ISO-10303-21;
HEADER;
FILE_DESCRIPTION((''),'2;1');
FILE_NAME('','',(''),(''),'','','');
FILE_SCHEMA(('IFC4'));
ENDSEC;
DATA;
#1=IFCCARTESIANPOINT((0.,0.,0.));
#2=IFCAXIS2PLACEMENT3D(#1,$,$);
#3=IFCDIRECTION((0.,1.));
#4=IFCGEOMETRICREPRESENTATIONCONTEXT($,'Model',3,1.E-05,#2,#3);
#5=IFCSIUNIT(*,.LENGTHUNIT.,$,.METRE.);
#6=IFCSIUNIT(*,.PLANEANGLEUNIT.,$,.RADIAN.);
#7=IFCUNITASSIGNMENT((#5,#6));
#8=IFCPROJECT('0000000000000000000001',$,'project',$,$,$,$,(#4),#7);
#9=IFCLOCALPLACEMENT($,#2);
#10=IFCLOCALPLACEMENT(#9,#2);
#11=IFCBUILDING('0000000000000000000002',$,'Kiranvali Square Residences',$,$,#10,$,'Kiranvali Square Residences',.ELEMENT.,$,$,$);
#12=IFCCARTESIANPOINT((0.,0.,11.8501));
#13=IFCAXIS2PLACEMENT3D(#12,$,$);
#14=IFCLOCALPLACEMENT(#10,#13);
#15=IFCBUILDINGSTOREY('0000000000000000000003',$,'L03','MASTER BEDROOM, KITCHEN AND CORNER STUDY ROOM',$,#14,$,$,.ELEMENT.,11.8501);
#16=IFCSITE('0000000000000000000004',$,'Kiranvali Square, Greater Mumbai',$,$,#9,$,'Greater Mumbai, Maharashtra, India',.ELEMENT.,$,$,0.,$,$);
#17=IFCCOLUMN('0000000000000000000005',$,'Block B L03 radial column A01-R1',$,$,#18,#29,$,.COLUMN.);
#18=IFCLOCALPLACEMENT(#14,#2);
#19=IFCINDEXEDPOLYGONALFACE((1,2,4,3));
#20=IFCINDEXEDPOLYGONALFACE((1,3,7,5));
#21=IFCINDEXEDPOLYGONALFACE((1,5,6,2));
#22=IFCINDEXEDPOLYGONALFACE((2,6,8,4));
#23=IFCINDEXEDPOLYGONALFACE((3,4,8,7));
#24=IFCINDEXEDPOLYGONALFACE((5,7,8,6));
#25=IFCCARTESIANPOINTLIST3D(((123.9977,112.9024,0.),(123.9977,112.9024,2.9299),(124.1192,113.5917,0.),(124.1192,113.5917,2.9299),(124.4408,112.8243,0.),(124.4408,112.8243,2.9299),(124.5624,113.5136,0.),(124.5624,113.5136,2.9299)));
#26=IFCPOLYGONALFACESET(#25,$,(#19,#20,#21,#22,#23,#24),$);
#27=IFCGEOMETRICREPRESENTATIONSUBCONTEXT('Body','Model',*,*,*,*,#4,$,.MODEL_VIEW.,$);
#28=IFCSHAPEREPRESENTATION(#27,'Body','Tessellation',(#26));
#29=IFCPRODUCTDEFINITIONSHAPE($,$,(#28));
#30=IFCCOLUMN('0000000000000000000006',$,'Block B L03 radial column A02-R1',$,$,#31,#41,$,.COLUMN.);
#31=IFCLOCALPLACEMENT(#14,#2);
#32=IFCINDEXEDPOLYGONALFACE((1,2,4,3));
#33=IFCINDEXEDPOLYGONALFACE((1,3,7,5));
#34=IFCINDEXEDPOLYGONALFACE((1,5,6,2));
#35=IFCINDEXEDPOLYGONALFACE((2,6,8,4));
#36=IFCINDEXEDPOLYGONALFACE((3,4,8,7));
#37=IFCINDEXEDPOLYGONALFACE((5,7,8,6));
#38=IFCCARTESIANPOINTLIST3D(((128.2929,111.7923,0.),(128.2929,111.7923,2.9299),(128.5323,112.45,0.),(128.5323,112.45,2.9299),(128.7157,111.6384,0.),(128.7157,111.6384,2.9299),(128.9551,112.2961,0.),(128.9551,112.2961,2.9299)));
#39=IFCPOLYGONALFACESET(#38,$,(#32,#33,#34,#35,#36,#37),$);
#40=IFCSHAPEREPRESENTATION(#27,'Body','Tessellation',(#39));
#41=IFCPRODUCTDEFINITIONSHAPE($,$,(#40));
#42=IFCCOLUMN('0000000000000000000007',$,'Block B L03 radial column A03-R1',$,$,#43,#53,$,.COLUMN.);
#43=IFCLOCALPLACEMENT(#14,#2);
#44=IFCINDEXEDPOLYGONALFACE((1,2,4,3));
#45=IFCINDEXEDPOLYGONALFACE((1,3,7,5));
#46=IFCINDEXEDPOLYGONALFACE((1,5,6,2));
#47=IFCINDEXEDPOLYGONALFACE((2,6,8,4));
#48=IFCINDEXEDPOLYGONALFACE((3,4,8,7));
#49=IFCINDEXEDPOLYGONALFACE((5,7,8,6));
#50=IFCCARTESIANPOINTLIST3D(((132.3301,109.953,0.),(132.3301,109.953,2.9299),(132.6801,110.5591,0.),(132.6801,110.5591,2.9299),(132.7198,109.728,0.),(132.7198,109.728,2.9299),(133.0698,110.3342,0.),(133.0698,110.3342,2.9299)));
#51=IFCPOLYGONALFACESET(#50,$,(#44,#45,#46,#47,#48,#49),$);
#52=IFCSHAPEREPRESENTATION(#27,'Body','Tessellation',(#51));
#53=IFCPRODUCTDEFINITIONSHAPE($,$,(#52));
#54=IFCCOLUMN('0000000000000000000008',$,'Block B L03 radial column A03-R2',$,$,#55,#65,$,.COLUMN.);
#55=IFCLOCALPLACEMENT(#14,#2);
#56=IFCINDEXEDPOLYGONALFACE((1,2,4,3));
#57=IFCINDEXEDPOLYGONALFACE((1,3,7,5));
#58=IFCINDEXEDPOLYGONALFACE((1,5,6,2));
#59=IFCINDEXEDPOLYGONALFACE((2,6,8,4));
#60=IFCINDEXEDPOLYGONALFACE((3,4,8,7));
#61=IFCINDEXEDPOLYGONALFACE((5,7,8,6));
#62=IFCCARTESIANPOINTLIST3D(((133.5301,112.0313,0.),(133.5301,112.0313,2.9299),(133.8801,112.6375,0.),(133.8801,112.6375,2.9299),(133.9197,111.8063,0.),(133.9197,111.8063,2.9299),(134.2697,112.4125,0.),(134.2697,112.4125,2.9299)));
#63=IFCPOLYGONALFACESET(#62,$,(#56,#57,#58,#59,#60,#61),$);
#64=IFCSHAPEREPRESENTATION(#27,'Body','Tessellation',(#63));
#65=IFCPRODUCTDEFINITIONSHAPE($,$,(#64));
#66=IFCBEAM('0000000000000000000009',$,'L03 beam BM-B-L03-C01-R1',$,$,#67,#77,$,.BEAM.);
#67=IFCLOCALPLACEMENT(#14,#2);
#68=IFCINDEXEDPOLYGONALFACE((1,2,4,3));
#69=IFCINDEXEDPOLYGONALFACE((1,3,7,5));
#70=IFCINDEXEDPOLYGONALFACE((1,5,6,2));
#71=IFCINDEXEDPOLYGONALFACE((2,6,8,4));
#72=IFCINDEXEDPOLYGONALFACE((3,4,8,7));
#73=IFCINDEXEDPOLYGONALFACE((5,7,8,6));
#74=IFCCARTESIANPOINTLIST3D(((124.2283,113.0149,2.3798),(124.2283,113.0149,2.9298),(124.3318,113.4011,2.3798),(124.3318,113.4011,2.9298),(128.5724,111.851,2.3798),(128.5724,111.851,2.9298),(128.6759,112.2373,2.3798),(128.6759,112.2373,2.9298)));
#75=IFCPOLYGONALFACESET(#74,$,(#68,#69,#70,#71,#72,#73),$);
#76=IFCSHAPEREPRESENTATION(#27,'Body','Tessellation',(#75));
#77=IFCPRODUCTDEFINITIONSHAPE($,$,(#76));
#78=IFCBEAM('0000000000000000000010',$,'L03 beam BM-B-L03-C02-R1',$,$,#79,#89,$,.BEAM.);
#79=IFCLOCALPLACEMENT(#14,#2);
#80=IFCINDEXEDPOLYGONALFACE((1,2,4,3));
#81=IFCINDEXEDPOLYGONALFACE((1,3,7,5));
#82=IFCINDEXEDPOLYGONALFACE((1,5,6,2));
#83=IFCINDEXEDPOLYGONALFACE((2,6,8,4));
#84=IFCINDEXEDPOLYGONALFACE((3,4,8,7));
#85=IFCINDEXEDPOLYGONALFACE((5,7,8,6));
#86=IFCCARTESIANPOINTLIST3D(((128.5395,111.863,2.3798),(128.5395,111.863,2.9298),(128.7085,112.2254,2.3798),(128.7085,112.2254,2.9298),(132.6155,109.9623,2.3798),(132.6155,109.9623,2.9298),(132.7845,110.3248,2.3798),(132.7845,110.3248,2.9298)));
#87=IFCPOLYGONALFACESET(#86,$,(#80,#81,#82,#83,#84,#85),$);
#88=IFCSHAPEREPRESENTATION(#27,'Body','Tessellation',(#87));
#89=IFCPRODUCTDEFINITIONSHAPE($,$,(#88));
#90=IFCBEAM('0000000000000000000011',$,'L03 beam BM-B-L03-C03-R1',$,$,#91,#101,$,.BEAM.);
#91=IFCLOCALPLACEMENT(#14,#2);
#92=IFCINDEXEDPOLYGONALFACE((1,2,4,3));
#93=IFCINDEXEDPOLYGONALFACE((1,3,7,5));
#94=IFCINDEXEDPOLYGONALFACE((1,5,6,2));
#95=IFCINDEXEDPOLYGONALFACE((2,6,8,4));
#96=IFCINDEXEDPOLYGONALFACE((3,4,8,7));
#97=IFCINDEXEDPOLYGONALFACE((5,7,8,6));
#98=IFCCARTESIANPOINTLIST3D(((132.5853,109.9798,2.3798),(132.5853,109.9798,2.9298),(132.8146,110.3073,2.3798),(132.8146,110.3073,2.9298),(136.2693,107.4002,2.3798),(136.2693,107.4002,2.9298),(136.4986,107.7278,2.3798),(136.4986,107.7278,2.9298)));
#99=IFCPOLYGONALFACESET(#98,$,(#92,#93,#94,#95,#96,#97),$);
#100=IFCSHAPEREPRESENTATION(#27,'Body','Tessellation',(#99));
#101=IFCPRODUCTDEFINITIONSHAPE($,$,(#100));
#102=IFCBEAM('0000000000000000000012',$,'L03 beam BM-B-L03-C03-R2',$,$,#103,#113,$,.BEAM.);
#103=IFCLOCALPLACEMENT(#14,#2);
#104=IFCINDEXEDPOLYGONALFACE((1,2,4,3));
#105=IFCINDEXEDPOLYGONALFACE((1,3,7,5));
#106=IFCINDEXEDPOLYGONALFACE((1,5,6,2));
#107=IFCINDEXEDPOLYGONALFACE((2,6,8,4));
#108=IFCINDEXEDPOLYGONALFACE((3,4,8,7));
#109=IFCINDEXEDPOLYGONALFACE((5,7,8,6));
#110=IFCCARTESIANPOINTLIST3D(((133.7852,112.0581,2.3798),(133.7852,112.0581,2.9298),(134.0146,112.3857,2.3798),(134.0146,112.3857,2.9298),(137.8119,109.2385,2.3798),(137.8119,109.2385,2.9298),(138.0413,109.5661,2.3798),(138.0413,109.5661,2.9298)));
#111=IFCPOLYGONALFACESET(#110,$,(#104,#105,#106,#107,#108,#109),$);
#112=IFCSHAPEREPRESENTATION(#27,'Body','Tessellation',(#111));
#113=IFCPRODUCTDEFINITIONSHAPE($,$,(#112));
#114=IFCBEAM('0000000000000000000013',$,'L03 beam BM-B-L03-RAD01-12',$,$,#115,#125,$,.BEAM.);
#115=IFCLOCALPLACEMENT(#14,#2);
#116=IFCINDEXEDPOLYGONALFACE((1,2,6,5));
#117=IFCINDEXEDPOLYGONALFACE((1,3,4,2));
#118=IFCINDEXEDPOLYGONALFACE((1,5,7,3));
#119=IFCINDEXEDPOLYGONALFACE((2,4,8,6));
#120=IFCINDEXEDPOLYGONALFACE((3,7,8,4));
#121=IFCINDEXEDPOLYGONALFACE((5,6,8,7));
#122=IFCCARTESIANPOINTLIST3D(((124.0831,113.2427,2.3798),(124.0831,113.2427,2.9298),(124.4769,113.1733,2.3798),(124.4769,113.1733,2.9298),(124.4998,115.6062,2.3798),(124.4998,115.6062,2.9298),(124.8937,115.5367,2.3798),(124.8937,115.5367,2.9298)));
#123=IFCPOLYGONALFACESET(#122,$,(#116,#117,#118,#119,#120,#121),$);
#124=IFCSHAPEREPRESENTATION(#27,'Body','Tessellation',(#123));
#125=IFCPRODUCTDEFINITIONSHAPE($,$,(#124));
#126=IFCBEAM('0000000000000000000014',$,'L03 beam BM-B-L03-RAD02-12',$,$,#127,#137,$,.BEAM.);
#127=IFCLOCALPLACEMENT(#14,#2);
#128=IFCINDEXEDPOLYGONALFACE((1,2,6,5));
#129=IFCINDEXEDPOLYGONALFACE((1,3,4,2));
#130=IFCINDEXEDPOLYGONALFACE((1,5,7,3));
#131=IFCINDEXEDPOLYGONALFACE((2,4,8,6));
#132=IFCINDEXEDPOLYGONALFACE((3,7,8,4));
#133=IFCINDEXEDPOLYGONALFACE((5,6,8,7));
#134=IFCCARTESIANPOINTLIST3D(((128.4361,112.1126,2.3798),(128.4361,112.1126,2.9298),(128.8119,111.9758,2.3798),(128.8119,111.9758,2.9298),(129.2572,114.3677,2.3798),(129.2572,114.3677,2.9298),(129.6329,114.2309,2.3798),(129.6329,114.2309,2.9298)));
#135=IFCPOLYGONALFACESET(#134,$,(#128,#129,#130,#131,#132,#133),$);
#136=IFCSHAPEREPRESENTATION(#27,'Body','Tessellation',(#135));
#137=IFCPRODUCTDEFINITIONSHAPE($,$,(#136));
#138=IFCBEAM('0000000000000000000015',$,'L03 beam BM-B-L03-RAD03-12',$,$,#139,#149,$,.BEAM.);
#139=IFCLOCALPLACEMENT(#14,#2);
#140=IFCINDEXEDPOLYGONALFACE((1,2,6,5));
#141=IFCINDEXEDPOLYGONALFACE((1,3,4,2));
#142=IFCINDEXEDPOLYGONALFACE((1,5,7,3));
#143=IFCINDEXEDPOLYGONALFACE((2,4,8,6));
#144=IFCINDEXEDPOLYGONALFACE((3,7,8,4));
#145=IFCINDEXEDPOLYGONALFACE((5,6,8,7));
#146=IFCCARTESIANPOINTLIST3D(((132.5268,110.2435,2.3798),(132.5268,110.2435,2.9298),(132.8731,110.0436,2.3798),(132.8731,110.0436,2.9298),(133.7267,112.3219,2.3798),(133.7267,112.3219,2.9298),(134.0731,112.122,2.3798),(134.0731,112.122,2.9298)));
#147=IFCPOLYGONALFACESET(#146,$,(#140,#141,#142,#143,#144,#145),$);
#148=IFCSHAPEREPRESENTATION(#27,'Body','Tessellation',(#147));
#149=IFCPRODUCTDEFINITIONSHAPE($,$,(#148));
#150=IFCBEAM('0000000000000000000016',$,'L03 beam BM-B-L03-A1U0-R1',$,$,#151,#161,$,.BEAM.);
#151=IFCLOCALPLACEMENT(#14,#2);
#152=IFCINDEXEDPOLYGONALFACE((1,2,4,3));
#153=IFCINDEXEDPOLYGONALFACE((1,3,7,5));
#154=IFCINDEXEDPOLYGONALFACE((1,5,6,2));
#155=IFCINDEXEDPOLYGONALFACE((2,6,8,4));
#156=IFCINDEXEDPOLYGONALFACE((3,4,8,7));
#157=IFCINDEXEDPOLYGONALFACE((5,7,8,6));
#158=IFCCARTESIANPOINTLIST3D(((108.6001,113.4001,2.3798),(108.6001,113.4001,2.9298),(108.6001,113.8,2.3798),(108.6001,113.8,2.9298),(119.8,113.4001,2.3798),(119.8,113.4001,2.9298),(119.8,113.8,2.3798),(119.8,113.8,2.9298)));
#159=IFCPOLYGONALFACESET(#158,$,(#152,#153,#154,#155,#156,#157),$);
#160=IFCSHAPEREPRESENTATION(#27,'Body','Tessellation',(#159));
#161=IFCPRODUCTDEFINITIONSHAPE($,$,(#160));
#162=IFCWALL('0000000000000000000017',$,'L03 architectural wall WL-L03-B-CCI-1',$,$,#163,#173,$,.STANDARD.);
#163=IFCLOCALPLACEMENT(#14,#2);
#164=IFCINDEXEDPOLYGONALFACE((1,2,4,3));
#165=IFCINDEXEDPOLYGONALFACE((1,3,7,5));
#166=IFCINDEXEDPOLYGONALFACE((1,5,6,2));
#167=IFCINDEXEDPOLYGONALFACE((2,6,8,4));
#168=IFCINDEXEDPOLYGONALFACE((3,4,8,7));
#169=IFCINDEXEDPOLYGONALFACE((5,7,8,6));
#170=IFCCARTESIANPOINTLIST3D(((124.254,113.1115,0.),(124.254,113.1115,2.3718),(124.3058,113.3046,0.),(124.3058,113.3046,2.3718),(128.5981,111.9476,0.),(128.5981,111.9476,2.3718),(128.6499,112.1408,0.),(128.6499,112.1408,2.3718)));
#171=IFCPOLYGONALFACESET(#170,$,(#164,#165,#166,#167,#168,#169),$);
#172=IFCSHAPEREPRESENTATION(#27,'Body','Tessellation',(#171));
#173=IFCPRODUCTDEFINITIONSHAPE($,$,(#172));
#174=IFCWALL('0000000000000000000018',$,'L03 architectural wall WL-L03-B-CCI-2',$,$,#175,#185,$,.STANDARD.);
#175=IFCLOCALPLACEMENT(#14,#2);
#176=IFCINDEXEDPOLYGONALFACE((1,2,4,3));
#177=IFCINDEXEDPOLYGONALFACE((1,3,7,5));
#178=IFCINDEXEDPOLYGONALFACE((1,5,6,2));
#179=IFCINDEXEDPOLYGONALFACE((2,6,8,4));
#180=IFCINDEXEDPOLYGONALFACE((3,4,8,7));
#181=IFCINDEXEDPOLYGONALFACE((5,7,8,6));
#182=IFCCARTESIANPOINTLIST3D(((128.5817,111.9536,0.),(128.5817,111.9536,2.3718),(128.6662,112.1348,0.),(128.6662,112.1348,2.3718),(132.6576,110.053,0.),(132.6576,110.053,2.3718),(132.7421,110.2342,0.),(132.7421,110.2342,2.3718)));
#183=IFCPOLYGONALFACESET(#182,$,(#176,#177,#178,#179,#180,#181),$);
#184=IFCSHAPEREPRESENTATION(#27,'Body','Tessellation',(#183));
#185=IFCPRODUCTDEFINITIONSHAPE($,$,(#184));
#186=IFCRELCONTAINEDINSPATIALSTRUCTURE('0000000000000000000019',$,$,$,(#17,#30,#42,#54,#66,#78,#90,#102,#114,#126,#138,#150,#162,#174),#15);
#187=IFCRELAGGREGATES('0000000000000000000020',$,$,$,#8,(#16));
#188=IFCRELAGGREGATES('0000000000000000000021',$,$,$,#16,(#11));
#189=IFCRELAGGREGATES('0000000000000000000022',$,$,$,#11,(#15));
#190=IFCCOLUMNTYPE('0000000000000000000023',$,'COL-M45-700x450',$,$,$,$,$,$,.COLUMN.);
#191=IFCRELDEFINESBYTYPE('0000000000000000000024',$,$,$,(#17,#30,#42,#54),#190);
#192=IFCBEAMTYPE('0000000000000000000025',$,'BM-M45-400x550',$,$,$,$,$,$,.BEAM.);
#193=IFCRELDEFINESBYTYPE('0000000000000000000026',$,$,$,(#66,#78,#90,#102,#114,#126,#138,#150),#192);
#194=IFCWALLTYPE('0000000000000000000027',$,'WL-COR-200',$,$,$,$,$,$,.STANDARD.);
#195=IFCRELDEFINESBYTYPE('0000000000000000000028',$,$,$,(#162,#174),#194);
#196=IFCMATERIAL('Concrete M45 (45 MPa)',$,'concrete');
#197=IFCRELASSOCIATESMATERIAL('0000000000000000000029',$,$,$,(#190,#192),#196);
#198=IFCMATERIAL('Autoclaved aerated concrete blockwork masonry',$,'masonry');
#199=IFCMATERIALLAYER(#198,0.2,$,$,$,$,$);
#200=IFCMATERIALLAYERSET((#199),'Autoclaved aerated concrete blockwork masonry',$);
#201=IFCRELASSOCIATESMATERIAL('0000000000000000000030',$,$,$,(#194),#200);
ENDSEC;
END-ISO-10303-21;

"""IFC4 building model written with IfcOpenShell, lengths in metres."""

from ifc_helpers import new_model, si_unit, direction, frame, frame_2d, origin, origin_2d, place, context, subcontext, project, spatial, rectangle, extrude, material, layer, layer_set, material_profile, profile_set, type_object, element, save


model = new_model("IFC4")

# Units and contexts
model_context = context("Model", 3, precision=1e-05, world=origin(), true_north=direction((0.0, 1.0)))
body_context = subcontext(model_context, "Body", "Model", "MODEL_VIEW")
ifc_project = project(units=[si_unit("LENGTHUNIT", "METRE"), si_unit("PLANEANGLEUNIT", "RADIAN")], contexts=[model_context])

# Site, building, storey
site_placement = place(None, origin())
site = spatial("IfcSite", under=ifc_project, at=site_placement, Name="Kiranvali Square, Greater Mumbai", LongName="Greater Mumbai, Maharashtra, India", CompositionType="ELEMENT", RefElevation=0.0)
building_placement = place(site_placement, origin())
building = spatial("IfcBuilding", under=site, at=building_placement, Name="Kiranvali Square Residences", LongName="Kiranvali Square Residences", CompositionType="ELEMENT")
storey_placement = place(building_placement, frame((0.0, 0.0, 11.8501)))
storey = spatial("IfcBuildingStorey", under=building, at=storey_placement, Name="L03", Description="MASTER BEDROOM, KITCHEN AND CORNER STUDY ROOM", CompositionType="ELEMENT", Elevation=11.8501)

# Columns
ifc_material_1 = material(Name="Concrete M45 (45 MPa)", Category="concrete")
ifc_material_profile_1 = material_profile(ifc_material_1, rectangle(XDim=0.45, YDim=0.7, at=origin_2d()), Name="RC 700x450")
ifc_profile_set_1 = profile_set([ifc_material_profile_1], Name="Concrete M45 (45 MPa)")
column_type = type_object("IfcColumnType", Name="COL-M45-700x450", PredefinedType="COLUMN", material=ifc_profile_set_1)
for number, where, z_axis, x_axis, name in (
    (1, (124.28, 113.208, 0.0), (0.0, 0.0, 1.0), (-0.984808, 0.173648, 0.0), "Block B L03 radial column A01-R1"),
    (2, (128.624, 112.0442, 0.0), (0.0, 0.0, 1.0), (-0.939693, 0.34202, 0.0), "Block B L03 radial column A02-R1"),
    (3, (132.7, 110.1436, 0.0), (0.0, 0.0, 1.0), (-0.866025, 0.5, 0.0), "Block B L03 radial column A03-R1"),
    (4, (133.8999, 112.2219, 0.0), (0.0, 0.0, 1.0), (-0.866025, 0.5, 0.0), "Block B L03 radial column A03-R2"),
):
    element("IfcColumn", number, at=place(storey_placement, frame(where, z_axis=z_axis, x_axis=x_axis)), inside=storey, type_object=column_type, Name=name, PredefinedType="COLUMN", context=body_context, shape_type="SweptSolid", body=[
        extrude(rectangle(XDim=0.45, YDim=0.7, at=origin_2d()), origin(), (0.0, 0.0, 1.0), 2.9299),
    ])

# Beams
ifc_material_profile_2 = material_profile(ifc_material_1, rectangle(XDim=0.3999, YDim=0.55, at=origin_2d()), Name="RC 400x550")
ifc_profile_set_2 = profile_set([ifc_material_profile_2], Name="Concrete M45 (45 MPa)")
beam_type = type_object("IfcBeamType", Name="BM-M45-400x550", PredefinedType="BEAM", material=ifc_profile_set_2)
for number, where, z_axis, x_axis, name in (
    (5, (124.28, 113.208, 2.6548), (0.965934, -0.258788, 0.0), (0.258788, 0.965934, 0.0), "L03 beam BM-B-L03-C01-R1"),
    (6, (128.624, 112.0442, 2.6548), (0.906308, -0.422618, 0.0), (0.422618, 0.906308, 0.0), "L03 beam BM-B-L03-C02-R1"),
    (7, (132.7, 110.1436, 2.6548), (0.819155, -0.573572, 0.0), (0.573572, 0.819155, 0.0), "L03 beam BM-B-L03-C03-R1"),
):
    element("IfcBeam", number, at=place(storey_placement, frame(where, z_axis=z_axis, x_axis=x_axis)), inside=storey, type_object=beam_type, Name=name, PredefinedType="BEAM", context=body_context, shape_type="SweptSolid", body=[
        extrude(rectangle(XDim=0.3999, YDim=0.55, at=origin_2d()), origin(), (0.0, 0.0, 1.0), 4.4973),
    ])
beam_1_placement = place(storey_placement, frame((133.8999, 112.2219, 2.6548), z_axis=(0.819141, -0.573592, 0.0), x_axis=(0.573592, 0.819141, 0.0)))
element("IfcBeam", 8, at=beam_1_placement, inside=storey, type_object=beam_type, Name="L03 beam BM-B-L03-C03-R2", PredefinedType="BEAM", context=body_context, shape_type="SweptSolid", body=[
    extrude(rectangle(XDim=0.3999, YDim=0.55, at=origin_2d()), origin(), (0.0, 0.0, 1.0), 4.9158),
])
for number, where, z_axis, x_axis, name in (
    (9, (124.28, 113.208, 2.6548), (0.173646, 0.984808, 0.0), (-0.984808, 0.173646, 0.0), "L03 beam BM-B-L03-RAD01-12"),
    (10, (128.624, 112.0442, 2.6548), (0.342111, 0.93966, 0.0), (-0.93966, 0.342111, 0.0), "L03 beam BM-B-L03-RAD02-12"),
    (11, (132.7, 110.1436, 2.6548), (0.500001, 0.866025, 0.0), (-0.866025, 0.500001, 0.0), "L03 beam BM-B-L03-RAD03-12"),
):
    element("IfcBeam", number, at=place(storey_placement, frame(where, z_axis=z_axis, x_axis=x_axis)), inside=storey, type_object=beam_type, Name=name, PredefinedType="BEAM", context=body_context, shape_type="SweptSolid", body=[
        extrude(rectangle(XDim=0.3999, YDim=0.55, at=origin_2d()), origin(), (0.0, 0.0, 1.0), 2.3999),
    ])
beam_2_placement = place(storey_placement, frame((119.8, 113.6001, 2.6548), z_axis=(-1.0, 0.0, 0.0), x_axis=(0.0, -1.0, 0.0)))
element("IfcBeam", 12, at=beam_2_placement, inside=storey, type_object=beam_type, Name="L03 beam BM-B-L03-A1U0-R1", PredefinedType="BEAM", context=body_context, shape_type="SweptSolid", body=[
    extrude(rectangle(XDim=0.3999, YDim=0.55, at=origin_2d()), origin(), (0.0, 0.0, 1.0), 11.2),
])

# Shared definitions
ifc_material_2 = material(Name="Autoclaved aerated concrete blockwork masonry", Category="masonry")
ifc_layer_1 = layer(ifc_material_2, 0.2)
ifc_layer_set_1 = layer_set([ifc_layer_1], Name="Autoclaved aerated concrete blockwork masonry")
wall_type_1 = type_object("IfcWallType", Name="WL-COR-200", PredefinedType="STANDARD", material=ifc_layer_set_1)

# Walls
for number, where, z_axis, x_axis, name in (
    (13, (124.28, 113.208, 0.0), (0.0, 0.0, 1.0), (0.965934, -0.258788, 0.0), "L03 architectural wall WL-L03-B-CCI-1"),
    (14, (128.624, 112.0442, 0.0), (0.0, 0.0, 1.0), (0.906308, -0.422618, 0.0), "L03 architectural wall WL-L03-B-CCI-2"),
):
    element("IfcWall", number, at=place(storey_placement, frame(where, z_axis=z_axis, x_axis=x_axis)), inside=storey, type_object=wall_type_1, Name=name, PredefinedType="STANDARD", context=body_context, shape_type="SweptSolid", body=[
        extrude(rectangle(XDim=4.4973, YDim=0.2, at=frame_2d((2.2485, 0.0))), origin(), (0.0, 0.0, 1.0), 2.3718),
    ])

save(model, "model.ifc")
